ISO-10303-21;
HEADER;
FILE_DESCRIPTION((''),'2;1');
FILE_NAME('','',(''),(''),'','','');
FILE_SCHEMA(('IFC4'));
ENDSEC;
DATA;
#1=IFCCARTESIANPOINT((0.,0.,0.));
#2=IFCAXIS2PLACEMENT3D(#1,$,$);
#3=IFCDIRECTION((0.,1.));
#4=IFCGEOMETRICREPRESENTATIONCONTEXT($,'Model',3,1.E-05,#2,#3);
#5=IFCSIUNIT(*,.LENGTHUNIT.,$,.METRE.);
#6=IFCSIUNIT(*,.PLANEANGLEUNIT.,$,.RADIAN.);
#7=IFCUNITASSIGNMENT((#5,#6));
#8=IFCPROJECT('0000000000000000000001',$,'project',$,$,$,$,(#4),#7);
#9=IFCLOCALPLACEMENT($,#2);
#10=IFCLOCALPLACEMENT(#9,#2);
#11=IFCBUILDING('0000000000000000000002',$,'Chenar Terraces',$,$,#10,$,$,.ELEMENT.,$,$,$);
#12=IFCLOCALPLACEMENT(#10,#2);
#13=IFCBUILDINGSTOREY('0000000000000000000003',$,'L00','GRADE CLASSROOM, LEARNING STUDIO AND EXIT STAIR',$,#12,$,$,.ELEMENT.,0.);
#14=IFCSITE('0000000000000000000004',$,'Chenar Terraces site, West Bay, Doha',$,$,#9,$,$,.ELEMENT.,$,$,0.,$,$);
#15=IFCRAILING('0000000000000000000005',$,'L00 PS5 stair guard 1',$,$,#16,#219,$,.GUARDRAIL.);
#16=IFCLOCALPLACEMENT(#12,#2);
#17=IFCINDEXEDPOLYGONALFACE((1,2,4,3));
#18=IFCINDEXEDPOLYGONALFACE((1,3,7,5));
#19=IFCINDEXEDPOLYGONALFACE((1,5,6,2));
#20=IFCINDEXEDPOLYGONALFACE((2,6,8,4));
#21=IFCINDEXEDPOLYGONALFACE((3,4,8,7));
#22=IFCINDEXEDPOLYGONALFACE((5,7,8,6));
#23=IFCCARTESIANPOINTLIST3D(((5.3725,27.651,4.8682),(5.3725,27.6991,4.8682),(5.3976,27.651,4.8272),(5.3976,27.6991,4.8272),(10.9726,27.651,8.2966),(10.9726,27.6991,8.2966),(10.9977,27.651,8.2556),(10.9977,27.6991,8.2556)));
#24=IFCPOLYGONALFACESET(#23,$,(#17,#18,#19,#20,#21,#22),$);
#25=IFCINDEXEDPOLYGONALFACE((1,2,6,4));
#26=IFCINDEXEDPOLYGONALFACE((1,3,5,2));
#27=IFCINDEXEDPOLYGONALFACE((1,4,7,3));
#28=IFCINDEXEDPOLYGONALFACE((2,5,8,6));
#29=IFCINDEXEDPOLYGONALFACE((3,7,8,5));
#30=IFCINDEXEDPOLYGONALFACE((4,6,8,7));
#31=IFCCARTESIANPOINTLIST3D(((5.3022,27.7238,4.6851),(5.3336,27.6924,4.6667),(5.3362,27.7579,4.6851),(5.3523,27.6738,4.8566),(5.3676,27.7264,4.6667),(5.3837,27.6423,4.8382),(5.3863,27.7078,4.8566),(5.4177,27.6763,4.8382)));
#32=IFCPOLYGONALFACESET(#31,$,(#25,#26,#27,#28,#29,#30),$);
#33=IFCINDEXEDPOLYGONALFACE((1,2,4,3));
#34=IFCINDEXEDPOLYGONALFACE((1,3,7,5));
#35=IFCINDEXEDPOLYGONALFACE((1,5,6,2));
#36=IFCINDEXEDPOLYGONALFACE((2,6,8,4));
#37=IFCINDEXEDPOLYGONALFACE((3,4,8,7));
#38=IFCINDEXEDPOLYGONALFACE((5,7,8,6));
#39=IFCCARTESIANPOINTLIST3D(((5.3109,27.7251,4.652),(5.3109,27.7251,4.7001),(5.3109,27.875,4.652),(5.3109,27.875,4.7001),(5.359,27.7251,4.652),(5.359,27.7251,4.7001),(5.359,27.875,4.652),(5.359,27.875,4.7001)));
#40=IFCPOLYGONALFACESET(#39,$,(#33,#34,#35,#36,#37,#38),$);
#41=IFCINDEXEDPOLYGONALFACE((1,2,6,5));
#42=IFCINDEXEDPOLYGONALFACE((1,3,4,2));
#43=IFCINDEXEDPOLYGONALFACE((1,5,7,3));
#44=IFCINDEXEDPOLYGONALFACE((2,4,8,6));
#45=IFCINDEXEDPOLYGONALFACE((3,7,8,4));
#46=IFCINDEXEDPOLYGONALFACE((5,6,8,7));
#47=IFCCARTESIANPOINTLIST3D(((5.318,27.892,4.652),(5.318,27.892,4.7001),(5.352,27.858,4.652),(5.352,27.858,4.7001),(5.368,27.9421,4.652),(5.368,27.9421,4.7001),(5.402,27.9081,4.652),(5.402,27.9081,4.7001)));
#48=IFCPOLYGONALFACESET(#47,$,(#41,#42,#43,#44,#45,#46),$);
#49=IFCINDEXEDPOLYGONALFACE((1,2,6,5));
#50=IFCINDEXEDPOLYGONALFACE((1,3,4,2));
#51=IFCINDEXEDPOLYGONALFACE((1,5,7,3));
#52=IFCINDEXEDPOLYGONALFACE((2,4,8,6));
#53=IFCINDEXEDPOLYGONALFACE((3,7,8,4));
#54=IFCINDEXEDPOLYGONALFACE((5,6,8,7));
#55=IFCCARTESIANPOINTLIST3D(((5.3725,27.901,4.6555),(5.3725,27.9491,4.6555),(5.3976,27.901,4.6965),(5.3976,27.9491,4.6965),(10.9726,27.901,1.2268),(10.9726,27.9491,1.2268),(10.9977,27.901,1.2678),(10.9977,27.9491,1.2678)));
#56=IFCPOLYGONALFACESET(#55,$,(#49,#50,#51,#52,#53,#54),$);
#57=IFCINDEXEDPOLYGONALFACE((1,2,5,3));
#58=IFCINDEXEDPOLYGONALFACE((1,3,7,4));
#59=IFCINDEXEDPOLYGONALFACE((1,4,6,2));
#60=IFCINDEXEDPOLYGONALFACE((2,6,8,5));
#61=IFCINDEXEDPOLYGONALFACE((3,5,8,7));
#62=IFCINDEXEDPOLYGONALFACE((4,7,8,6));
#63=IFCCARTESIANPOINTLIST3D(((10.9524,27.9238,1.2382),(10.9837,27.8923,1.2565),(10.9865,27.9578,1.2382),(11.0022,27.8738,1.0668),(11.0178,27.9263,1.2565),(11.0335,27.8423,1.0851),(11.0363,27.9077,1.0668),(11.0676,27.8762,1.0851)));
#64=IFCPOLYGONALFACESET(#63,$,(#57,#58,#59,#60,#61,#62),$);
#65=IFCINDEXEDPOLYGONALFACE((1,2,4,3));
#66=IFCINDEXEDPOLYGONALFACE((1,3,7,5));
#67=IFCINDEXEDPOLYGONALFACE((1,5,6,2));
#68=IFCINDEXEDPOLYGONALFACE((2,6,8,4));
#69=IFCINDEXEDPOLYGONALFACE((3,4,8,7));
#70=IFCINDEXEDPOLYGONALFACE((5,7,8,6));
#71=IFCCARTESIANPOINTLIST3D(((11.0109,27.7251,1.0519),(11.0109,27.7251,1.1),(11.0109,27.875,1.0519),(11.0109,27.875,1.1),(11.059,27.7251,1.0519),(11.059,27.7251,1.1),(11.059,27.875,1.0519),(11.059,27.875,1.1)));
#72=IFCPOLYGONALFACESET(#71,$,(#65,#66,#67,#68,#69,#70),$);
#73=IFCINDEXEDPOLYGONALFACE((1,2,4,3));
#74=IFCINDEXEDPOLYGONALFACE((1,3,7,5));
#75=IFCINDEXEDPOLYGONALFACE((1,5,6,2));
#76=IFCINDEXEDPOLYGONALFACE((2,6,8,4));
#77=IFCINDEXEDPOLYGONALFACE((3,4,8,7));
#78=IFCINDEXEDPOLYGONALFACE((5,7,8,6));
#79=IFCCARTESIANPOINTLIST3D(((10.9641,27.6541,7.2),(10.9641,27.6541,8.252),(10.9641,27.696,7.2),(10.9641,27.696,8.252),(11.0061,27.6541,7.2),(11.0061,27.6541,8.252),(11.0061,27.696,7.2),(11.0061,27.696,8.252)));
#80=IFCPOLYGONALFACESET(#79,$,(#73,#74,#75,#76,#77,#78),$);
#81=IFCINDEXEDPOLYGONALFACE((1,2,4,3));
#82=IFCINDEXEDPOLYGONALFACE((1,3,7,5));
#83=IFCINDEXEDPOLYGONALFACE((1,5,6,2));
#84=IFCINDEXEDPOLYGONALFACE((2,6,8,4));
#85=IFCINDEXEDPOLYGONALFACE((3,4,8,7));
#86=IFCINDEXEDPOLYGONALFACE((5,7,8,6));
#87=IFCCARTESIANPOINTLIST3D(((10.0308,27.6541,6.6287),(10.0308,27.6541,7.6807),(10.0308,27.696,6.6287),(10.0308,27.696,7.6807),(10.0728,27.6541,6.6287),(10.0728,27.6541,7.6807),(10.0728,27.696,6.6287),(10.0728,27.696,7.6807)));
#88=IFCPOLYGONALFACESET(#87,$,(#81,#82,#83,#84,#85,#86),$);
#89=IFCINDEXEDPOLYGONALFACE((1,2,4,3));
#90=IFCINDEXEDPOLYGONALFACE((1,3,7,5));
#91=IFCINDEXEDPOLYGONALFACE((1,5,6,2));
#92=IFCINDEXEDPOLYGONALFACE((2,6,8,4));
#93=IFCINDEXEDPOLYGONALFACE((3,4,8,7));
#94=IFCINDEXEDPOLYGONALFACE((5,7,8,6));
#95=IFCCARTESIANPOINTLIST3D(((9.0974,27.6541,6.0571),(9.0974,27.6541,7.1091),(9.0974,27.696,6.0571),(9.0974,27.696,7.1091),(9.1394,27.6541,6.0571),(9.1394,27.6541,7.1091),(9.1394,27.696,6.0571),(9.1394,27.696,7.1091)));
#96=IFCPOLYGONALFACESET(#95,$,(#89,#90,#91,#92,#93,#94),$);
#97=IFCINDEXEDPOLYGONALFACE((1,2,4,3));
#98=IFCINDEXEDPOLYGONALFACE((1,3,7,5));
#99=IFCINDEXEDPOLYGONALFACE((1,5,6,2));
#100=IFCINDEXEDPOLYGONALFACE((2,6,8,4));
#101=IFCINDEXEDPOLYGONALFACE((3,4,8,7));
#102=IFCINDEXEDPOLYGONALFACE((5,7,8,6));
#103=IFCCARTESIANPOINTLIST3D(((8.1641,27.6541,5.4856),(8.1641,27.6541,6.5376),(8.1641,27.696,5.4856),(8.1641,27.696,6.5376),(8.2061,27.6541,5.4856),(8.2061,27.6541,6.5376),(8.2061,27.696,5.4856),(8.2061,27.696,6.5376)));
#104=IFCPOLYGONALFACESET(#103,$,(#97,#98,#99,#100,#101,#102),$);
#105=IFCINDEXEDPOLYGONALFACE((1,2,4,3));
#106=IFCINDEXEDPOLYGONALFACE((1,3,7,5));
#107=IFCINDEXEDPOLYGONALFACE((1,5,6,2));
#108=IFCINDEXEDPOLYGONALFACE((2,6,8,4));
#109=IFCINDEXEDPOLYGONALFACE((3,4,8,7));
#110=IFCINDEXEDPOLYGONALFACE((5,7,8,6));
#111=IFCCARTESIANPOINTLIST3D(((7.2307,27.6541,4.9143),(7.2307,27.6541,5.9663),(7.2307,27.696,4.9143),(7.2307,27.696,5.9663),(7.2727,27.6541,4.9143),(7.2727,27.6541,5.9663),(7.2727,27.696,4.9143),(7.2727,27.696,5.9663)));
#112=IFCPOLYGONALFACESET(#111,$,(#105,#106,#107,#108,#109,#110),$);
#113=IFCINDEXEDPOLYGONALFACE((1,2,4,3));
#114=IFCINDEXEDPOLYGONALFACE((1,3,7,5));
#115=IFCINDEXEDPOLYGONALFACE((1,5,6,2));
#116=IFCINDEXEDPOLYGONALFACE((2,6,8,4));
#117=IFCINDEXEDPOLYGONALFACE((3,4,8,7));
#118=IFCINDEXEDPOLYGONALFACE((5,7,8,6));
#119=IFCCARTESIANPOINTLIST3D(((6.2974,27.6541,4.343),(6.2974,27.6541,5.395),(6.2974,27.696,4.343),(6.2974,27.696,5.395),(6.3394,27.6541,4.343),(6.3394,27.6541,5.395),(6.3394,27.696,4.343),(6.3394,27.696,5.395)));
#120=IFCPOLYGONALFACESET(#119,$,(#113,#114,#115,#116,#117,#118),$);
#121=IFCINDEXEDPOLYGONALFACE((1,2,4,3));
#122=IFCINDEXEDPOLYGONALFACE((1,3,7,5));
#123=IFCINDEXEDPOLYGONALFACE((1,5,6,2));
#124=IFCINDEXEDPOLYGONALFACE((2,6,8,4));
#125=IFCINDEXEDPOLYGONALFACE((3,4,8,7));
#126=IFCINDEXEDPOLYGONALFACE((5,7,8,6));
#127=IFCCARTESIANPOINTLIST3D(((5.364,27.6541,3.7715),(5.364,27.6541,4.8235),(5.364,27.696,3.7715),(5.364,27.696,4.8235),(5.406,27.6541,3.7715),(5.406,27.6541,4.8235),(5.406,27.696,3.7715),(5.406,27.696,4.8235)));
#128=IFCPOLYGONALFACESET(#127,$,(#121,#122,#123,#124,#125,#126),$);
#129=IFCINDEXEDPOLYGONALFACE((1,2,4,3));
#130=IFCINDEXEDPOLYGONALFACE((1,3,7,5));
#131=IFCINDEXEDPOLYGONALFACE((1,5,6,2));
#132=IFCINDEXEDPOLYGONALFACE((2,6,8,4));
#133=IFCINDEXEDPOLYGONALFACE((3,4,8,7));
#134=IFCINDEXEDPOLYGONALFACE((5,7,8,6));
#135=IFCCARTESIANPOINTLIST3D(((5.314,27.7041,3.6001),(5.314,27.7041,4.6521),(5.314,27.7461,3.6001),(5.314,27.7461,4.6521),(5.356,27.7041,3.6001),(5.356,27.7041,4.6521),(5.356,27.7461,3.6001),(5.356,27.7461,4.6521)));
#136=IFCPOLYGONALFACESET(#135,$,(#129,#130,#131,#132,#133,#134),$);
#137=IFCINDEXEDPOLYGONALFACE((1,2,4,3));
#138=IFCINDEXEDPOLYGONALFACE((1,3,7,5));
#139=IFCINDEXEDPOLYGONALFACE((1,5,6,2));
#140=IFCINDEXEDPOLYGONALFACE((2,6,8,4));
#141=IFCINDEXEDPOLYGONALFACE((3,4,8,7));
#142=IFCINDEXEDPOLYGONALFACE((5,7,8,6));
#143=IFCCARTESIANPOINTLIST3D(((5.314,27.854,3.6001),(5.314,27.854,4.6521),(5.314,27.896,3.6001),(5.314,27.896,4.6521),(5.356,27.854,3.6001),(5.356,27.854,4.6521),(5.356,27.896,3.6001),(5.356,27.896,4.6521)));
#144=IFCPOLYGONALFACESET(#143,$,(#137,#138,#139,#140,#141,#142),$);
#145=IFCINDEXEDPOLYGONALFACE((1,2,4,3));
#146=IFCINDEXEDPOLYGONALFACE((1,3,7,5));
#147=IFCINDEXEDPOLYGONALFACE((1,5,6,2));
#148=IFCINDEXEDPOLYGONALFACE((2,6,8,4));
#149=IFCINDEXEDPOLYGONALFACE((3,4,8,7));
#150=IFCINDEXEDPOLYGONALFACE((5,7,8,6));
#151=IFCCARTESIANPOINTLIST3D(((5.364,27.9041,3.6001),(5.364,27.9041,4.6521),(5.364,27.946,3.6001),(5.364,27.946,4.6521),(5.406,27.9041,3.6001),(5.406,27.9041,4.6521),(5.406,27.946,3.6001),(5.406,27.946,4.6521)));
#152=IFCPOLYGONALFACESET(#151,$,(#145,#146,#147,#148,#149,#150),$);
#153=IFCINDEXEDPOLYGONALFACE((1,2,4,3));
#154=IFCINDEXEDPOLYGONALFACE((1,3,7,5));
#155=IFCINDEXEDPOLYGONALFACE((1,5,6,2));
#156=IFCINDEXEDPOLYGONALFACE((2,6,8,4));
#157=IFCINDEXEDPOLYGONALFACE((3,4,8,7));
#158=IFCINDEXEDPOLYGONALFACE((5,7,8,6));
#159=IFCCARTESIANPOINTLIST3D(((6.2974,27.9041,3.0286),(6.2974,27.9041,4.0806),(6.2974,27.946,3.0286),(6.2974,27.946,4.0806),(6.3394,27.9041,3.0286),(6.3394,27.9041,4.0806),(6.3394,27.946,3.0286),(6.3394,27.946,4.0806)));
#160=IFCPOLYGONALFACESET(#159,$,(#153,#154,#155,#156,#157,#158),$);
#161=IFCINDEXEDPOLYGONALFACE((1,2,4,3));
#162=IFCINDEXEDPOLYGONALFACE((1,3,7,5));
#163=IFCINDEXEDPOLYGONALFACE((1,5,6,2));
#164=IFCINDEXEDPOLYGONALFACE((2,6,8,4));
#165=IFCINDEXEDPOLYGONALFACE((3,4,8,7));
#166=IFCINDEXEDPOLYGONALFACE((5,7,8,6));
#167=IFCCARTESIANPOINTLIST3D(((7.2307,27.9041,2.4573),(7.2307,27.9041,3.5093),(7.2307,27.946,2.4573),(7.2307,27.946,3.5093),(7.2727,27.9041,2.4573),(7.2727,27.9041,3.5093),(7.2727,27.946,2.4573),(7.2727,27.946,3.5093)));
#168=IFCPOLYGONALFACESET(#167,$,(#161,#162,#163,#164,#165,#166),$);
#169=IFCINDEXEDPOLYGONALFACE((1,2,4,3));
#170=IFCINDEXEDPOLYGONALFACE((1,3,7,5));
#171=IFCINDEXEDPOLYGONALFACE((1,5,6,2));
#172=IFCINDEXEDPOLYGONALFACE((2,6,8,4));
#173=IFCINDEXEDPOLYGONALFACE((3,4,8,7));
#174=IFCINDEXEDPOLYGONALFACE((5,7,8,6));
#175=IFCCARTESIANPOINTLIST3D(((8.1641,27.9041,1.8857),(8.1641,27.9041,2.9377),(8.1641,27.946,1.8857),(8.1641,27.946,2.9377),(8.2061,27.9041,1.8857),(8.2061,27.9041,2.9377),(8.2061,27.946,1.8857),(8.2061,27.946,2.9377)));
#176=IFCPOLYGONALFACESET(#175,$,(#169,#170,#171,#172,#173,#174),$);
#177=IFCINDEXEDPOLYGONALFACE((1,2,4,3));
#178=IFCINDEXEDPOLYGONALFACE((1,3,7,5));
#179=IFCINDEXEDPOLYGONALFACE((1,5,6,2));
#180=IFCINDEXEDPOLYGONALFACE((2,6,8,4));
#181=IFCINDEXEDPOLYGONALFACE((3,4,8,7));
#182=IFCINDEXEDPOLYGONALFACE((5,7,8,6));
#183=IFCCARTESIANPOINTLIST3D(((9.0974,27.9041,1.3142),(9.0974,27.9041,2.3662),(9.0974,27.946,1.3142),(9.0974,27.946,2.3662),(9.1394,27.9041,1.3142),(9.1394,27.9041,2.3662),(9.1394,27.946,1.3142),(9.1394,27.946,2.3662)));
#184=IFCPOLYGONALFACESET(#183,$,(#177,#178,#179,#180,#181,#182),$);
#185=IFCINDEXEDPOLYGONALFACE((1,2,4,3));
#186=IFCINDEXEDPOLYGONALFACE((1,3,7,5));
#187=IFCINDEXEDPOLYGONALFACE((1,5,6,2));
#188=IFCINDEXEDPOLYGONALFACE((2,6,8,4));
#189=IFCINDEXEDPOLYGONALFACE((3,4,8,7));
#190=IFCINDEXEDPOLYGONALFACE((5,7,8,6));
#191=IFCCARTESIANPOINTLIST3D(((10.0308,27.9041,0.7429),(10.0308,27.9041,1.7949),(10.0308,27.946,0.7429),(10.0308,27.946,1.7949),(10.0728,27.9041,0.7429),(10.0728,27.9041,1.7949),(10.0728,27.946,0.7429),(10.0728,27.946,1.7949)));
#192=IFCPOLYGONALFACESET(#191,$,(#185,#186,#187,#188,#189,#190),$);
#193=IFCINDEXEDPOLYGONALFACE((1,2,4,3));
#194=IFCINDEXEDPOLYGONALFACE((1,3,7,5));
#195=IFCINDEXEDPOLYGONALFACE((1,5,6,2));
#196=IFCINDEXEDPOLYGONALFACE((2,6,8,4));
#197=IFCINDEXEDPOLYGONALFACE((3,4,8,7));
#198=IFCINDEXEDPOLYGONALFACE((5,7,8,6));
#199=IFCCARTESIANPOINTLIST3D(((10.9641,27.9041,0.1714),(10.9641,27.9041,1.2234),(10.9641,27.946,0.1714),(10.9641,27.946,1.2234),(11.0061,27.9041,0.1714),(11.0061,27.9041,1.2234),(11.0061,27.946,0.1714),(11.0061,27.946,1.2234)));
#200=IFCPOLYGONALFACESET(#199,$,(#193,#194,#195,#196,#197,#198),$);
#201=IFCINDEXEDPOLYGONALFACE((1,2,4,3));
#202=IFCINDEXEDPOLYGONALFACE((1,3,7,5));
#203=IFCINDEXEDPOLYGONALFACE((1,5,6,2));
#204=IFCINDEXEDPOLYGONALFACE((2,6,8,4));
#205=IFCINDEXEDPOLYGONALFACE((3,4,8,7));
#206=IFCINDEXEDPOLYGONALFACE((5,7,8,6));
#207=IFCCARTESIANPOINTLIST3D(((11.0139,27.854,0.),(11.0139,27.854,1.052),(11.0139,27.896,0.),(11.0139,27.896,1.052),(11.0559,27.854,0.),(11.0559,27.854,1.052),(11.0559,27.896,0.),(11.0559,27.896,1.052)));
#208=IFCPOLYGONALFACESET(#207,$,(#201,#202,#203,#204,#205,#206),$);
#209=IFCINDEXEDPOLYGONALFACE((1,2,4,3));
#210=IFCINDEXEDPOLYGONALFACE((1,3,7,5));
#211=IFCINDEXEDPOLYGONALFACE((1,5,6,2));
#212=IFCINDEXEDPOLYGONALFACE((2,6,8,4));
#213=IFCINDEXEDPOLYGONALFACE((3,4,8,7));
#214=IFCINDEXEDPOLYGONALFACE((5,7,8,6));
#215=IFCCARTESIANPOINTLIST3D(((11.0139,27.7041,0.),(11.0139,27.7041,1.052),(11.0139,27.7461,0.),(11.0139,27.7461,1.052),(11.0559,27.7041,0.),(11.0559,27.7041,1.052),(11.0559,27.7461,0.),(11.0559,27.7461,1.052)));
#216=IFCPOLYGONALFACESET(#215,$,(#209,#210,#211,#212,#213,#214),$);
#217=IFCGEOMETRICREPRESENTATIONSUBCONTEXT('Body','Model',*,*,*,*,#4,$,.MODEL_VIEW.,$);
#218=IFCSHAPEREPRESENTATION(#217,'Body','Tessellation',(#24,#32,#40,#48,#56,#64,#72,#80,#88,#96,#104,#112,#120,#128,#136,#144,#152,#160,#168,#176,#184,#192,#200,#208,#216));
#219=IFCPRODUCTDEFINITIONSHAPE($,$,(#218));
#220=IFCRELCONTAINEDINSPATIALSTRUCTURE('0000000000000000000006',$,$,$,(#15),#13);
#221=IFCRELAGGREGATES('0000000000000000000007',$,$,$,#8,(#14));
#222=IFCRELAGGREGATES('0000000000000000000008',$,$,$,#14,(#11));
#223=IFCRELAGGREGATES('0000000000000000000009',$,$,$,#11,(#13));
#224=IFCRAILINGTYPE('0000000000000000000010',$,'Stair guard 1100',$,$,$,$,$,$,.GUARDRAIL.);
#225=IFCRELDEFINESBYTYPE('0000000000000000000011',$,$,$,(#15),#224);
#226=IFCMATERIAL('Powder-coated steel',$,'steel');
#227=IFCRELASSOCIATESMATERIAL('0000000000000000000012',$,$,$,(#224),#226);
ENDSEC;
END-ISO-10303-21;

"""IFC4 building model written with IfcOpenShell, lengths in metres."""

from ifc_helpers import new_model, si_unit, direction, frame, origin, origin_2d, place, context, subcontext, project, spatial, rectangle, extrude, material, type_object, element, save


model = new_model("IFC4")

# Units and contexts
model_context = context("Model", 3, precision=1e-05, world=origin(), true_north=direction((0.0, 1.0)))
body_context = subcontext(model_context, "Body", "Model", "MODEL_VIEW")
ifc_project = project(units=[si_unit("LENGTHUNIT", "METRE"), si_unit("PLANEANGLEUNIT", "RADIAN")], contexts=[model_context])

# Site, building, storey
site_placement = place(None, origin())
site = spatial("IfcSite", under=ifc_project, at=site_placement, Name="Chenar Terraces site, West Bay, Doha", CompositionType="ELEMENT", RefElevation=0.0)
building_placement = place(site_placement, origin())
building = spatial("IfcBuilding", under=site, at=building_placement, Name="Chenar Terraces", CompositionType="ELEMENT")
storey_placement = place(building_placement, origin())
storey = spatial("IfcBuildingStorey", under=building, at=storey_placement, Name="L00", Description="GRADE CLASSROOM, LEARNING STUDIO AND EXIT STAIR", CompositionType="ELEMENT", Elevation=0.0)

# Railing
ifc_material_1 = material(Name="Powder-coated steel", Category="steel")
railing_type_1 = type_object("IfcRailingType", Name="Stair guard 1100", PredefinedType="GUARDRAIL", material=ifc_material_1)
railing_1_placement = place(storey_placement, frame((10.9851, 27.675, 7.2)))
element("IfcRailing", 1, at=railing_1_placement, inside=storey, type_object=railing_type_1, Name="L00 PS5 stair guard 1", PredefinedType="GUARDRAIL", context=body_context, shape_type="SweptSolid", body=[
    extrude(rectangle(XDim=0.0481, YDim=0.0481, at=origin_2d()), frame((0.0, 0.0, 1.0762), z_axis=(-0.852862, 0.0, -0.522136), x_axis=(0.0, -1.0, 0.0)), (0.0, 0.0, 1.0), 6.5662),
    extrude(rectangle(XDim=0.0481, YDim=0.0481, at=origin_2d()), frame((-5.6001, 0.0, -2.3525), z_axis=(-0.269911, 0.269911, -0.924281), x_axis=(-0.707107, -0.707107, 0.0)), (0.0, 0.0, 1.0), 0.1855),
    extrude(rectangle(XDim=0.0481, YDim=0.0481, at=origin_2d()), frame((-5.6501, 0.05, -2.5239), z_axis=(0.0, 1.0, 0.0), x_axis=(-1.0, 0.0, 0.0)), (0.0, 0.0, 1.0), 0.1499),
    extrude(rectangle(XDim=0.0481, YDim=0.0481, at=origin_2d()), frame((-5.6501, 0.2, -2.5239), z_axis=(0.707107, 0.707107, 0.0), x_axis=(-0.707107, 0.707107, 0.0)), (0.0, 0.0, 1.0), 0.0708),
    extrude(rectangle(XDim=0.0481, YDim=0.0481, at=origin_2d()), frame((-5.6001, 0.25, -2.5239), z_axis=(0.852846, 0.0, -0.522163), x_axis=(0.0, 1.0, 0.0)), (0.0, 0.0, 1.0), 6.5664),
    extrude(rectangle(XDim=0.0481, YDim=0.0481, at=origin_2d()), frame((0.0, 0.25, -5.9526), z_axis=(0.26869, -0.270007, -0.924609), x_axis=(0.708834, 0.705376, 0.0)), (0.0, 0.0, 1.0), 0.1853),
    extrude(rectangle(XDim=0.0481, YDim=0.0481, at=origin_2d()), frame((0.0498, 0.2, -6.124), z_axis=(0.0, -1.0, 0.0), x_axis=(1.0, 0.0, 0.0)), (0.0, 0.0, 1.0), 0.1499),
    extrude(rectangle(XDim=0.042, YDim=0.042, at=origin_2d()), origin(), (0.0, 0.0, 1.0), 1.052),
    extrude(rectangle(XDim=0.042, YDim=0.042, at=origin_2d()), frame((-0.9333, 0.0, -0.5713)), (0.0, 0.0, 1.0), 1.052),
    extrude(rectangle(XDim=0.042, YDim=0.042, at=origin_2d()), frame((-1.8667, 0.0, -1.1428)), (0.0, 0.0, 1.0), 1.052),
    extrude(rectangle(XDim=0.042, YDim=0.042, at=origin_2d()), frame((-2.8, 0.0, -1.7144)), (0.0, 0.0, 1.0), 1.052),
    extrude(rectangle(XDim=0.042, YDim=0.042, at=origin_2d()), frame((-3.7334, 0.0, -2.2856)), (0.0, 0.0, 1.0), 1.052),
    extrude(rectangle(XDim=0.042, YDim=0.042, at=origin_2d()), frame((-4.6667, 0.0, -2.8569)), (0.0, 0.0, 1.0), 1.052),
    extrude(rectangle(XDim=0.042, YDim=0.042, at=origin_2d()), frame((-5.6001, 0.0, -3.4285)), (0.0, 0.0, 1.0), 1.052),
    extrude(rectangle(XDim=0.042, YDim=0.042, at=origin_2d()), frame((-5.6501, 0.05, -3.5999)), (0.0, 0.0, 1.0), 1.052),
    extrude(rectangle(XDim=0.042, YDim=0.042, at=origin_2d()), frame((-5.6501, 0.2, -3.5999)), (0.0, 0.0, 1.0), 1.052),
    extrude(rectangle(XDim=0.042, YDim=0.042, at=origin_2d()), frame((-5.6001, 0.25, -3.5999)), (0.0, 0.0, 1.0), 1.052),
    extrude(rectangle(XDim=0.042, YDim=0.042, at=origin_2d()), frame((-4.6667, 0.25, -4.1714)), (0.0, 0.0, 1.0), 1.052),
    extrude(rectangle(XDim=0.042, YDim=0.042, at=origin_2d()), frame((-3.7334, 0.25, -4.7427)), (0.0, 0.0, 1.0), 1.052),
    extrude(rectangle(XDim=0.042, YDim=0.042, at=origin_2d()), frame((-2.8, 0.25, -5.3142)), (0.0, 0.0, 1.0), 1.052),
    extrude(rectangle(XDim=0.042, YDim=0.042, at=origin_2d()), frame((-1.8667, 0.25, -5.8857)), (0.0, 0.0, 1.0), 1.052),
    extrude(rectangle(XDim=0.042, YDim=0.042, at=origin_2d()), frame((-0.9333, 0.25, -6.457)), (0.0, 0.0, 1.0), 1.052),
    extrude(rectangle(XDim=0.042, YDim=0.042, at=origin_2d()), frame((0.0, 0.25, -7.0286)), (0.0, 0.0, 1.0), 1.052),
    extrude(rectangle(XDim=0.042, YDim=0.042, at=origin_2d()), frame((0.0498, 0.2, -7.2)), (0.0, 0.0, 1.0), 1.052),
    extrude(rectangle(XDim=0.042, YDim=0.042, at=origin_2d()), frame((0.0498, 0.05, -7.2)), (0.0, 0.0, 1.0), 1.052),
])

save(model, "model.ifc")
